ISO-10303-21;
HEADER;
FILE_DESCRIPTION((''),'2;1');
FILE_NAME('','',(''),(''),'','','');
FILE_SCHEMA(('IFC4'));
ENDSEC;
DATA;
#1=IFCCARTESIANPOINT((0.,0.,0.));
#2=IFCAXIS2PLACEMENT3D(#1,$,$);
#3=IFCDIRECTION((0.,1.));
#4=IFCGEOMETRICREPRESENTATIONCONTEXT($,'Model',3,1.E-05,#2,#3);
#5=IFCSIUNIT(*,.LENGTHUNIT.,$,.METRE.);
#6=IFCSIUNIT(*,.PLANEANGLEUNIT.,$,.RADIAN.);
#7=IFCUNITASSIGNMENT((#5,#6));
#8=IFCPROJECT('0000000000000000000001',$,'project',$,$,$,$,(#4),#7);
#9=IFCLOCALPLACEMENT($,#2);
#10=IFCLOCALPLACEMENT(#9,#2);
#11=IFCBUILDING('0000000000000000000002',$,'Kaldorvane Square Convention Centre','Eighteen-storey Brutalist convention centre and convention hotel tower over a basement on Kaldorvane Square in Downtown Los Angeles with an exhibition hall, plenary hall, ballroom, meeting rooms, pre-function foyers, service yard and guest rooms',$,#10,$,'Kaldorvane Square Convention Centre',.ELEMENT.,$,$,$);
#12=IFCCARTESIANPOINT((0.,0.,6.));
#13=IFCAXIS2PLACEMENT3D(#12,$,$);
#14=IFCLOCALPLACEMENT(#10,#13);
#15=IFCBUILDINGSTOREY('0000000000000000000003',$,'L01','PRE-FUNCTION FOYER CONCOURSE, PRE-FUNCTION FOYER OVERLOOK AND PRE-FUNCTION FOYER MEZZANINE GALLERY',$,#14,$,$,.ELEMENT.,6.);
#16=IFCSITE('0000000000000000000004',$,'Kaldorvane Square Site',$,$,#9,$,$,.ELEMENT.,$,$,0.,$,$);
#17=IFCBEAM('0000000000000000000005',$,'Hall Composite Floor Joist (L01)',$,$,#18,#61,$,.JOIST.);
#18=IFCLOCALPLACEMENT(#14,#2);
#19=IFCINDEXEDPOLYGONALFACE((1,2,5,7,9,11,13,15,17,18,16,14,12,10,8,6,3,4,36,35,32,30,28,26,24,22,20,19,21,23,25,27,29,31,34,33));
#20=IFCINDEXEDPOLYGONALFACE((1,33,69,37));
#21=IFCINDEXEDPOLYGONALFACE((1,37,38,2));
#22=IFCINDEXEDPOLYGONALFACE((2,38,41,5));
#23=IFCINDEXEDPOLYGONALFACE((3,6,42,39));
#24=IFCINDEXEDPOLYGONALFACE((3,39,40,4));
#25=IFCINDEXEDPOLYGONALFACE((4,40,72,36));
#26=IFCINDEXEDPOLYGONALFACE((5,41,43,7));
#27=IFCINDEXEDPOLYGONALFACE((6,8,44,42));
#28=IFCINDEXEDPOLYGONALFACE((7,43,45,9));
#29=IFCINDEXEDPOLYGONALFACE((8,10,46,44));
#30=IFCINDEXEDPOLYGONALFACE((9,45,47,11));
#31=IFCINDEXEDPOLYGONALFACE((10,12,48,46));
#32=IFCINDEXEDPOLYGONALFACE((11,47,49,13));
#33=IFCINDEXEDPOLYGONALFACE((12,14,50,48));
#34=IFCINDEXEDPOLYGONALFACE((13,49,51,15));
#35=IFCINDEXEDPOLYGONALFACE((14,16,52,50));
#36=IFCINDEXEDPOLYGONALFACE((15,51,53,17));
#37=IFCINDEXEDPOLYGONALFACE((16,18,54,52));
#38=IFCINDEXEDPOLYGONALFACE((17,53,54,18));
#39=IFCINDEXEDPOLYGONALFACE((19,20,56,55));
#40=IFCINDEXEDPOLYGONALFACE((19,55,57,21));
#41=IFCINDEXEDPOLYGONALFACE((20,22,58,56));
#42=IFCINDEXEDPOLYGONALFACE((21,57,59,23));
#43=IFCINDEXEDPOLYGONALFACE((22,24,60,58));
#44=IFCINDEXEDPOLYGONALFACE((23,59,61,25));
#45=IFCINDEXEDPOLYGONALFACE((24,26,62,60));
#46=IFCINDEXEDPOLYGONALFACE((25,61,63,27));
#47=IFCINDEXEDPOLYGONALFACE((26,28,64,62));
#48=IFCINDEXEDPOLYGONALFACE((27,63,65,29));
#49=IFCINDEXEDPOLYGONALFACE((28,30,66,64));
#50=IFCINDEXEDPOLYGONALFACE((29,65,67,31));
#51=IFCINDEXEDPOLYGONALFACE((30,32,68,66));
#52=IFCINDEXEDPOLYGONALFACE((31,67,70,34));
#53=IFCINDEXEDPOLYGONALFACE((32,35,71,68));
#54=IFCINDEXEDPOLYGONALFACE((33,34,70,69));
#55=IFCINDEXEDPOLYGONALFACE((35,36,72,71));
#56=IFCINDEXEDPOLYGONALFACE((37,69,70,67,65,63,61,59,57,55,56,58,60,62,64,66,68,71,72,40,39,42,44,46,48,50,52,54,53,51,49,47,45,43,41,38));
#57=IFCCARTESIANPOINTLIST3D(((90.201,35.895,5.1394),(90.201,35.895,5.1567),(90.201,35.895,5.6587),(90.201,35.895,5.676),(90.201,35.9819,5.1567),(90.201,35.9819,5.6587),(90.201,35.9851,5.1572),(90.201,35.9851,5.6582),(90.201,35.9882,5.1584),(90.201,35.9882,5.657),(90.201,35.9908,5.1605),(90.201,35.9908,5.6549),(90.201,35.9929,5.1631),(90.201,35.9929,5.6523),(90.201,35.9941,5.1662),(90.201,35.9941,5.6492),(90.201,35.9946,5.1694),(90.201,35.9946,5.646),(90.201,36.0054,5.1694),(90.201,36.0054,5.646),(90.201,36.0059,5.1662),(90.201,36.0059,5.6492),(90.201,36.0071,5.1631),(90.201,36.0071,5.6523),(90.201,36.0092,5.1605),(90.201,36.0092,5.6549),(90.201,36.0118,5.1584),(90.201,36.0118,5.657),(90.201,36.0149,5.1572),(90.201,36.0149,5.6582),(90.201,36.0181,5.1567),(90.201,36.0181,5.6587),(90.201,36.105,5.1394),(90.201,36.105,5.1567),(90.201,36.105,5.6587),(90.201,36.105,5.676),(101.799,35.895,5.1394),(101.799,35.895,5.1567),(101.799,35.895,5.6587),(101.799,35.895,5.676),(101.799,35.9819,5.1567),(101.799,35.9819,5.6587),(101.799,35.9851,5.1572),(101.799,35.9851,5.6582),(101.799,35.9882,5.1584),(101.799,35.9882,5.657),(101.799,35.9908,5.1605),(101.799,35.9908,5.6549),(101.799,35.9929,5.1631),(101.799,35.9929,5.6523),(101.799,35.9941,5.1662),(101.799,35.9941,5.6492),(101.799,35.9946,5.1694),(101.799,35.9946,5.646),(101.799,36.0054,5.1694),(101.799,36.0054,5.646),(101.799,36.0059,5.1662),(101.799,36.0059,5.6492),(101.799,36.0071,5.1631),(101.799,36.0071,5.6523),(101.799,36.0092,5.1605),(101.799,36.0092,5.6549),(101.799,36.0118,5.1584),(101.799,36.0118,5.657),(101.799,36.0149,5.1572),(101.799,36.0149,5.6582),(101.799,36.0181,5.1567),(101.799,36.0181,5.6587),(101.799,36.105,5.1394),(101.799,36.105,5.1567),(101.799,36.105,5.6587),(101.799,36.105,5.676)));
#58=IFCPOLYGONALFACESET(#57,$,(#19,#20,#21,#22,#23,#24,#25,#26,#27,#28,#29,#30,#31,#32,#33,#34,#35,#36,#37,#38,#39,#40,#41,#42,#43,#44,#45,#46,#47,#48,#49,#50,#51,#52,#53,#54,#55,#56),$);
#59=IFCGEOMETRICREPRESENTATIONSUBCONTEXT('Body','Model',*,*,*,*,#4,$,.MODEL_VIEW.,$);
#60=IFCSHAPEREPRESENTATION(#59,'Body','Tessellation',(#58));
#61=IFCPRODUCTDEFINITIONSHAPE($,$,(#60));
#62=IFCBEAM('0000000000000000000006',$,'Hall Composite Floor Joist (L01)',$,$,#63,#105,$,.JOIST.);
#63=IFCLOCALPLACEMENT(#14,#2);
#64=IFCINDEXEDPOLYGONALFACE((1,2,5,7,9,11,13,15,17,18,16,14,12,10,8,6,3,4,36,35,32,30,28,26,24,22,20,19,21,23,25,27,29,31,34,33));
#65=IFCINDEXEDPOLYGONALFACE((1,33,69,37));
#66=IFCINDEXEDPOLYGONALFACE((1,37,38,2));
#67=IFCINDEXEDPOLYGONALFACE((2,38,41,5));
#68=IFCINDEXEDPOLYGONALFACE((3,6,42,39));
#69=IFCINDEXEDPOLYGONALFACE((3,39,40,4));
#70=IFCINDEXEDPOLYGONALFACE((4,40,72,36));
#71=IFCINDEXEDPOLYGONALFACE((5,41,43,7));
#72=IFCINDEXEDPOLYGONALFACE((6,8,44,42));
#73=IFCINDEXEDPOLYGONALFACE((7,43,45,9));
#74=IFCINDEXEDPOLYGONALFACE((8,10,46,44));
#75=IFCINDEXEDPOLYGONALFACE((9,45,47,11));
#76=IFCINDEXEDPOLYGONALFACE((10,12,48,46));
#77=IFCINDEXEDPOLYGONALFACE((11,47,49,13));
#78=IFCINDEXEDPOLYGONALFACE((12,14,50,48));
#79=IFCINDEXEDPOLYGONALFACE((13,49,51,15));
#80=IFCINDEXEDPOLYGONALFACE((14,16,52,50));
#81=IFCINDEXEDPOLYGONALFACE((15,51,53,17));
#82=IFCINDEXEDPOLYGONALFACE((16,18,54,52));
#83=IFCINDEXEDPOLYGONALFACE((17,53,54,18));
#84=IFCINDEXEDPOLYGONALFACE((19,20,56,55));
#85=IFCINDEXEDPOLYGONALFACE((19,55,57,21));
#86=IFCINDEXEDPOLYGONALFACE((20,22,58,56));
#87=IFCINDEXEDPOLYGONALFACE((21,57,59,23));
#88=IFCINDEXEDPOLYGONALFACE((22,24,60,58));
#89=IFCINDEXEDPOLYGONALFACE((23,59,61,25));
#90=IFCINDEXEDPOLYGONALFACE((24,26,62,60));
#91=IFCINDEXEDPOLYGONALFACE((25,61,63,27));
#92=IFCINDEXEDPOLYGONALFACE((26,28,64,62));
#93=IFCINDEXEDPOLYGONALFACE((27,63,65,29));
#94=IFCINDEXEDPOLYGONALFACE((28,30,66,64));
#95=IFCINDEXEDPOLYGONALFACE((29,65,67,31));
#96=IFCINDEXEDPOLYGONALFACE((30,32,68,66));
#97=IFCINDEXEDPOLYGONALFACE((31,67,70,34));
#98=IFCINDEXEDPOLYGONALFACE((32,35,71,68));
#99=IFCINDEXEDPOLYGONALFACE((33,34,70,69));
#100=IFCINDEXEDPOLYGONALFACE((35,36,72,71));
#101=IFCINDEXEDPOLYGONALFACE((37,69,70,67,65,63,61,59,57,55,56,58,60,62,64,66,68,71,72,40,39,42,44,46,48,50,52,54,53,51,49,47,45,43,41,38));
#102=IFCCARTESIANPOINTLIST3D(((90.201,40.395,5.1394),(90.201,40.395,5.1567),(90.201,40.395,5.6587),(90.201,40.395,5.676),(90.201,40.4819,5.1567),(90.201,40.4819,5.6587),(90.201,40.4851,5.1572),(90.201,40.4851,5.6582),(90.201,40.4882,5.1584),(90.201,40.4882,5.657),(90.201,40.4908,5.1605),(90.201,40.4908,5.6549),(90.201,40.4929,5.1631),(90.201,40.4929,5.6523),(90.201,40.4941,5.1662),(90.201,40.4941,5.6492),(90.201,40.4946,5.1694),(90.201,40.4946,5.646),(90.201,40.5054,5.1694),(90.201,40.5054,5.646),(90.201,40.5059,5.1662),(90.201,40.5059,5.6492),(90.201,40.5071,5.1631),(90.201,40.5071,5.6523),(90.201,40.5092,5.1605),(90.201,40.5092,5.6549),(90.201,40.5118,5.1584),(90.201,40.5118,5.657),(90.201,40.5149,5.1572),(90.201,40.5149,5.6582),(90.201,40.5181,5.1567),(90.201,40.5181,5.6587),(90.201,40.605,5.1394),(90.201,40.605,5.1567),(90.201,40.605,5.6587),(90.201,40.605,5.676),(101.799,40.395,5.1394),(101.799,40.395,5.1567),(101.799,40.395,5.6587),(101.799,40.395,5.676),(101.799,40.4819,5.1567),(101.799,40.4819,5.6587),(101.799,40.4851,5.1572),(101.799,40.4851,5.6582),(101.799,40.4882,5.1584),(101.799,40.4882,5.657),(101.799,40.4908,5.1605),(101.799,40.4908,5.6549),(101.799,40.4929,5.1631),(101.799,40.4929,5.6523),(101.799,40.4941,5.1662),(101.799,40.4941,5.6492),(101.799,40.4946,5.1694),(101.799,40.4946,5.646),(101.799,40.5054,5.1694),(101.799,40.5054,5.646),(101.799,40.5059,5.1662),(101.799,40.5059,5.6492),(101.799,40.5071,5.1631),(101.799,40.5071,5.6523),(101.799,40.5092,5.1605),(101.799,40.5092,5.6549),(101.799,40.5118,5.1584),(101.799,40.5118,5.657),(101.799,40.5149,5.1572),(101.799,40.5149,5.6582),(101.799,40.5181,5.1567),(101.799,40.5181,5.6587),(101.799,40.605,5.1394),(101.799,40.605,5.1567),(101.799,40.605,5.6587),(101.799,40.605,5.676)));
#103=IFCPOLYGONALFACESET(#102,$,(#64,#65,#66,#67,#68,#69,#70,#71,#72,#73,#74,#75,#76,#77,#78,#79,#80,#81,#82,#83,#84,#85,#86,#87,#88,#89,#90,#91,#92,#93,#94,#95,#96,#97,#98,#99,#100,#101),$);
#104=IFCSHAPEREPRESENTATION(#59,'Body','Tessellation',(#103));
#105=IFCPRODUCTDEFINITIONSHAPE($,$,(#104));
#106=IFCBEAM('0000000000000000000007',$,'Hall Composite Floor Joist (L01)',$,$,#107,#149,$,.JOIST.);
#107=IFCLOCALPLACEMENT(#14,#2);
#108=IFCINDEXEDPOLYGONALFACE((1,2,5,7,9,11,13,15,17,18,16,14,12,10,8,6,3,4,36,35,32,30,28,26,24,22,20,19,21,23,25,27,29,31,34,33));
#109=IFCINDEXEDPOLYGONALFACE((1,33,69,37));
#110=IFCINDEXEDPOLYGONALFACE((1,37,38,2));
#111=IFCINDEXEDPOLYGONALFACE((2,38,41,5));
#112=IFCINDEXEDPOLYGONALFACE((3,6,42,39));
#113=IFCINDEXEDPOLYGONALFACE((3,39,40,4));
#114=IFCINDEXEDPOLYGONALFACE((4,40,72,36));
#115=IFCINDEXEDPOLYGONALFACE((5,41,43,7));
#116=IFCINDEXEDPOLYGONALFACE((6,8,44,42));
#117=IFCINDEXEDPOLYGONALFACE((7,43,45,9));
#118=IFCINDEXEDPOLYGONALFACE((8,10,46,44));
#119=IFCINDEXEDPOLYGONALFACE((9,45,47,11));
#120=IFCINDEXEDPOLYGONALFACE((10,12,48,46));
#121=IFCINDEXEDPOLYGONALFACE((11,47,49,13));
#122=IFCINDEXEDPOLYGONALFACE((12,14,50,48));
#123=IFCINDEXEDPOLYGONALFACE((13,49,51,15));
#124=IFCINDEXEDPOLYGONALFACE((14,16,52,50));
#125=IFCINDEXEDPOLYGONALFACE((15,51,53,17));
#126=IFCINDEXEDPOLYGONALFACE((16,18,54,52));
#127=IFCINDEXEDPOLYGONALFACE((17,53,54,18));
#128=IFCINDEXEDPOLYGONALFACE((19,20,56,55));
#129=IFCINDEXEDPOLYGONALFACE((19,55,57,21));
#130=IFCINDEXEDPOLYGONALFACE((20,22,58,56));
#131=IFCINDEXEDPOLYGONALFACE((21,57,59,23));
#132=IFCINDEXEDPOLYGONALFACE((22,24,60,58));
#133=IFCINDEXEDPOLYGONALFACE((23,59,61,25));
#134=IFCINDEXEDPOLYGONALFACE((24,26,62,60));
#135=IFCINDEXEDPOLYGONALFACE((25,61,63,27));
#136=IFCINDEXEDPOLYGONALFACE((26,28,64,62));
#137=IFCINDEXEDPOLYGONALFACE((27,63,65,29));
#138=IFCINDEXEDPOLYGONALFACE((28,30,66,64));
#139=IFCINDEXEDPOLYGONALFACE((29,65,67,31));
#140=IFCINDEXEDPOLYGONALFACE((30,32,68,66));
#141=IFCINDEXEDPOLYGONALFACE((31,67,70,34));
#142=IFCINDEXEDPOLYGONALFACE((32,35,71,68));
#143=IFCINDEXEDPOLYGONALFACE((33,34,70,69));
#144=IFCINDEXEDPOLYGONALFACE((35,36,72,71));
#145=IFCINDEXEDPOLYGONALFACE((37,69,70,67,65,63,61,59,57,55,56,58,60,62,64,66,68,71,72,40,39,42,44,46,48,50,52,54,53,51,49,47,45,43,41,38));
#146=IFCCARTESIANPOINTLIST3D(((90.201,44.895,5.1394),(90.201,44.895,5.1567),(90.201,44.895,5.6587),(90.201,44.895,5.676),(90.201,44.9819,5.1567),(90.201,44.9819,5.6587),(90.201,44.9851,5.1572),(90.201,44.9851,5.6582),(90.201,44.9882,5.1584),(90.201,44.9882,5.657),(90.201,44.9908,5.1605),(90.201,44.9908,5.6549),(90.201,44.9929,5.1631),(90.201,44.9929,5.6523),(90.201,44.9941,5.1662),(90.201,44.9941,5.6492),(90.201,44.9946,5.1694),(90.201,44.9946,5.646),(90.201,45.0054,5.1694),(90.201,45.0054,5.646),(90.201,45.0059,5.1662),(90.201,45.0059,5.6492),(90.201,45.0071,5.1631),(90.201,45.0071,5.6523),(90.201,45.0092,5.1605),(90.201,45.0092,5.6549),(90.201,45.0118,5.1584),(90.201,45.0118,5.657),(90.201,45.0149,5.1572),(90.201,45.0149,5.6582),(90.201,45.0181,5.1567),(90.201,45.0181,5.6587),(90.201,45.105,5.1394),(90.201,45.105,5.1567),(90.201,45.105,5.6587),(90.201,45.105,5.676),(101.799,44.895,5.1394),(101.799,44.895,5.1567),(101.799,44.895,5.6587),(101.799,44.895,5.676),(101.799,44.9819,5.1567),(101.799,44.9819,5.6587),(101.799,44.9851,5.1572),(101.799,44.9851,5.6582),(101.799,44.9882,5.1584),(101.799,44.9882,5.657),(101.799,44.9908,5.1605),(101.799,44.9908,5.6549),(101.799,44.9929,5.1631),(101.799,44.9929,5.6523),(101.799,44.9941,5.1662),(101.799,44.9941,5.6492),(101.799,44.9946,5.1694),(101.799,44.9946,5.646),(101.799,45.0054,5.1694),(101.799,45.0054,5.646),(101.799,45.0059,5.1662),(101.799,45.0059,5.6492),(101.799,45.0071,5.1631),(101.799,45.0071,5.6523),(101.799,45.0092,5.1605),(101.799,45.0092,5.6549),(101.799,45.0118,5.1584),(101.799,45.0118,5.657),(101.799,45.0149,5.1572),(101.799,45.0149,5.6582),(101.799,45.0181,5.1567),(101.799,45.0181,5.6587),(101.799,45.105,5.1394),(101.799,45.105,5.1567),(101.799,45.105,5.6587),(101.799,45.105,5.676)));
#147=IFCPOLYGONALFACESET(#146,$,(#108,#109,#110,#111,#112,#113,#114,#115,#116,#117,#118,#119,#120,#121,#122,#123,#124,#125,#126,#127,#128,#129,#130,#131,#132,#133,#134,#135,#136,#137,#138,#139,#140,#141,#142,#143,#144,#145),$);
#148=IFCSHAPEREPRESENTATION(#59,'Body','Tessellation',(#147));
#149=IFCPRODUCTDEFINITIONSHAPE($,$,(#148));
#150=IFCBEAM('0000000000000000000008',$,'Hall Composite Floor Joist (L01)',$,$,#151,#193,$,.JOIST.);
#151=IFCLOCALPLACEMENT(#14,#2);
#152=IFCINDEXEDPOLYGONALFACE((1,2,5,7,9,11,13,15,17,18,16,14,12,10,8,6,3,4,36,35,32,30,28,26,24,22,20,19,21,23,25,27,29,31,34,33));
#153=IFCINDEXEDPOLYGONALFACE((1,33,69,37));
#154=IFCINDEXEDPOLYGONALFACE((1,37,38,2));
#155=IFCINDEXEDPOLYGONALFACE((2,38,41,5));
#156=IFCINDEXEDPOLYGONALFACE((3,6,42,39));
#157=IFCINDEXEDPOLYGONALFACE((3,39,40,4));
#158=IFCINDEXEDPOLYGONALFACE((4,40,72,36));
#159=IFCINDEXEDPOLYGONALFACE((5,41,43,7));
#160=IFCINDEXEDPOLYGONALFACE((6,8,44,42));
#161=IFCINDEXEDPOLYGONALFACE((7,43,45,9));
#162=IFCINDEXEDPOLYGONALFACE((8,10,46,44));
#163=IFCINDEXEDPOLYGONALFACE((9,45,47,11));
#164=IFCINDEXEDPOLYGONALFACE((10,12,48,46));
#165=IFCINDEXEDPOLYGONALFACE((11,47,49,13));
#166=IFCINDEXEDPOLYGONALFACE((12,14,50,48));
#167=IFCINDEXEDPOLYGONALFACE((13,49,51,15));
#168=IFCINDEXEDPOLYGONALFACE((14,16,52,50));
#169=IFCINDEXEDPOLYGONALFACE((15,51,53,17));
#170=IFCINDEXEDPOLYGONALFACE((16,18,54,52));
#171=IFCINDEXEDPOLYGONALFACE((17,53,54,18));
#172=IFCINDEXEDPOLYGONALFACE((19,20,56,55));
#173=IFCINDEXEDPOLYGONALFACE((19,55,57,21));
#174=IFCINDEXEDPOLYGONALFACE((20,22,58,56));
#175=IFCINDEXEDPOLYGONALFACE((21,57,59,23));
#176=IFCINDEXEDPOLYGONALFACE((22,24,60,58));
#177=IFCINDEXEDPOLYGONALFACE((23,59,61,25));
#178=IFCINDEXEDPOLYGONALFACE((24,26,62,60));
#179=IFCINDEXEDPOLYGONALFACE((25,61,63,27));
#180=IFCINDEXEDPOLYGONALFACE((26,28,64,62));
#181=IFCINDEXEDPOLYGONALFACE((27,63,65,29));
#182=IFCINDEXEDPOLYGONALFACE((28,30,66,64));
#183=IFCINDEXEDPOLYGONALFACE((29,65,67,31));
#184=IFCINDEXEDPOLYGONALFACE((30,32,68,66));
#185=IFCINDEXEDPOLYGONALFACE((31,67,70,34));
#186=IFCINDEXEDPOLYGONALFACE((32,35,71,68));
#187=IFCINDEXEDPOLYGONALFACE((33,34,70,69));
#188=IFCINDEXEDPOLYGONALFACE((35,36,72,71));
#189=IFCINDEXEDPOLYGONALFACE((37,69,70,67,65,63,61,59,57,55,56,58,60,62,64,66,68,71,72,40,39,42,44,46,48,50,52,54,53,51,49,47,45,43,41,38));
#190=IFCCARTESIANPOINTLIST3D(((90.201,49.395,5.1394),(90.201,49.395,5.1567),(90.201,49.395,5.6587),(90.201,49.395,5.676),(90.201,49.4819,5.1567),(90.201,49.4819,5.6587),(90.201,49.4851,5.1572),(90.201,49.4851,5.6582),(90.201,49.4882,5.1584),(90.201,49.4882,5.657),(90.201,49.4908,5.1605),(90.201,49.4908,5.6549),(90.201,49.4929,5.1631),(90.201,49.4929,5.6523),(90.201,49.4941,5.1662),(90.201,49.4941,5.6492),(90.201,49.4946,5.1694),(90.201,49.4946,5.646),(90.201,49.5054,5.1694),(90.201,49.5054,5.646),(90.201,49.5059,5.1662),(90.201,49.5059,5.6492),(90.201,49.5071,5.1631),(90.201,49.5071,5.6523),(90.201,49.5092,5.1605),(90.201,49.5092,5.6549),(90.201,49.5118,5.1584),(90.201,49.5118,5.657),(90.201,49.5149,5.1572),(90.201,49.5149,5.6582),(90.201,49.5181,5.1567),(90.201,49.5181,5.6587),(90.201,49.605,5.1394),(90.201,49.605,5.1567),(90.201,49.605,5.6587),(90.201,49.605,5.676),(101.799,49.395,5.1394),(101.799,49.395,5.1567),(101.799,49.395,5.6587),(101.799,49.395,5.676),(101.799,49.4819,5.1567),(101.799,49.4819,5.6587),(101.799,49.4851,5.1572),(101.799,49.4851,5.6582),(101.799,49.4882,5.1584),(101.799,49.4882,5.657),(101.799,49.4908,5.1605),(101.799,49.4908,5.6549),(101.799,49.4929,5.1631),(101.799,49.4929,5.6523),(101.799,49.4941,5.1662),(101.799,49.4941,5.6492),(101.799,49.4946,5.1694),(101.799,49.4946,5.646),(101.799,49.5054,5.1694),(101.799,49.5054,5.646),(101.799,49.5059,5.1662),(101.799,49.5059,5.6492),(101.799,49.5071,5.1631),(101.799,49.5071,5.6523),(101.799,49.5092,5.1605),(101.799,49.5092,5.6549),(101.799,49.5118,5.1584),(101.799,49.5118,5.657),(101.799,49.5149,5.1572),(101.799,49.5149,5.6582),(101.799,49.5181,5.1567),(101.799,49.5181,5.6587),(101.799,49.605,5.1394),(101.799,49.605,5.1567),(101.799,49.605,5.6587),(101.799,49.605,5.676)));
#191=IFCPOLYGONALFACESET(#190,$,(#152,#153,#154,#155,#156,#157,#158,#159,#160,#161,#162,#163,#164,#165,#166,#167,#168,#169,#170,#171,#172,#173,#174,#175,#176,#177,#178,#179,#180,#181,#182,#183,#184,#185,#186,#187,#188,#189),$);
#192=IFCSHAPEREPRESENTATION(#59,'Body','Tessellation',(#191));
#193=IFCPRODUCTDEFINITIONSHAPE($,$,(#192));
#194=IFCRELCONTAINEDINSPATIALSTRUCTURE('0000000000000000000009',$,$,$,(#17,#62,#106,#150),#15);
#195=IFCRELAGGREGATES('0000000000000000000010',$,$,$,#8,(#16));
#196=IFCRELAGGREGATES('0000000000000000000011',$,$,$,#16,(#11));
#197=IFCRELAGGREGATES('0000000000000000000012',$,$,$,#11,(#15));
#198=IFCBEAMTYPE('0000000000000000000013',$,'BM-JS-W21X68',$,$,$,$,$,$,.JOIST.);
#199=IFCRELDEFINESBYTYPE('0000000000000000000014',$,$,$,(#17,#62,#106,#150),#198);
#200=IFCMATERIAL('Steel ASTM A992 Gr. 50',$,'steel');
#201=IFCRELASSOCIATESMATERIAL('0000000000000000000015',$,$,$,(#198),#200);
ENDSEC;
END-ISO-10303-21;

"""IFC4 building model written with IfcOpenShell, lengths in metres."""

from ifc_helpers import new_model, si_unit, direction, frame, origin, origin_2d, place, context, subcontext, project, spatial, i_section, extrude, material, material_profile, profile_set, type_object, element, save


model = new_model("IFC4")

# Units and contexts
model_context = context("Model", 3, precision=1e-05, world=origin(), true_north=direction((0.0, 1.0)))
body_context = subcontext(model_context, "Body", "Model", "MODEL_VIEW")
ifc_project = project(units=[si_unit("LENGTHUNIT", "METRE"), si_unit("PLANEANGLEUNIT", "RADIAN")], contexts=[model_context])

# Site, building, storey
site_placement = place(None, origin())
site = spatial("IfcSite", under=ifc_project, at=site_placement, Name="Kaldorvane Square Site", CompositionType="ELEMENT", RefElevation=0.0)
building_placement = place(site_placement, origin())
building = spatial("IfcBuilding", under=site, at=building_placement, Name="Kaldorvane Square Convention Centre", Description="Eighteen-storey Brutalist convention centre and convention hotel tower over a basement on Kaldorvane Square in Downtown Los Angeles with an exhibition hall, plenary hall, ballroom, meeting rooms, pre-function foyers, service yard and guest rooms", LongName="Kaldorvane Square Convention Centre", CompositionType="ELEMENT")
storey_placement = place(building_placement, frame((0.0, 0.0, 6.0)))
storey = spatial("IfcBuildingStorey", under=building, at=storey_placement, Name="L01", Description="PRE-FUNCTION FOYER CONCOURSE, PRE-FUNCTION FOYER OVERLOOK AND PRE-FUNCTION FOYER MEZZANINE GALLERY", CompositionType="ELEMENT", Elevation=6.0)

# Beams
ifc_material_1 = material(Name="Steel ASTM A992 Gr. 50", Category="steel")
ifc_material_profile_1 = material_profile(ifc_material_1, i_section(OverallWidth=0.2101, OverallDepth=0.5367, WebThickness=0.0109, FlangeThickness=0.0174, FilletRadius=0.0127, at=origin_2d()), Name="W21X68")
ifc_profile_set_1 = profile_set([ifc_material_profile_1], Name="Steel ASTM A992 Gr. 50")
beam_type_1 = type_object("IfcBeamType", Name="BM-JS-W21X68", PredefinedType="JOIST", material=ifc_profile_set_1)
for number, where, z_axis, x_axis, name in (
    (1, (90.201, 36.0, 5.4077), (1.0, 0.0, 0.0), (0.0, 1.0, 0.0), "Hall Composite Floor Joist (L01)"),
    (2, (90.201, 40.5, 5.4077), (1.0, 0.0, 0.0), (0.0, 1.0, 0.0), "Hall Composite Floor Joist (L01)"),
    (3, (90.201, 45.0, 5.4077), (1.0, 0.0, 0.0), (0.0, 1.0, 0.0), "Hall Composite Floor Joist (L01)"),
    (4, (90.201, 49.5, 5.4077), (1.0, 0.0, 0.0), (0.0, 1.0, 0.0), "Hall Composite Floor Joist (L01)"),
):
    element("IfcBeam", number, at=place(storey_placement, frame(where, z_axis=z_axis, x_axis=x_axis)), inside=storey, type_object=beam_type_1, Name=name, PredefinedType="JOIST", context=body_context, shape_type="SweptSolid", body=[
        extrude(i_section(OverallWidth=0.2101, OverallDepth=0.5367, WebThickness=0.0109, FlangeThickness=0.0174, FilletRadius=0.0127, at=origin_2d()), origin(), (0.0, 0.0, 1.0), 11.598),
    ])

save(model, "model.ifc")
